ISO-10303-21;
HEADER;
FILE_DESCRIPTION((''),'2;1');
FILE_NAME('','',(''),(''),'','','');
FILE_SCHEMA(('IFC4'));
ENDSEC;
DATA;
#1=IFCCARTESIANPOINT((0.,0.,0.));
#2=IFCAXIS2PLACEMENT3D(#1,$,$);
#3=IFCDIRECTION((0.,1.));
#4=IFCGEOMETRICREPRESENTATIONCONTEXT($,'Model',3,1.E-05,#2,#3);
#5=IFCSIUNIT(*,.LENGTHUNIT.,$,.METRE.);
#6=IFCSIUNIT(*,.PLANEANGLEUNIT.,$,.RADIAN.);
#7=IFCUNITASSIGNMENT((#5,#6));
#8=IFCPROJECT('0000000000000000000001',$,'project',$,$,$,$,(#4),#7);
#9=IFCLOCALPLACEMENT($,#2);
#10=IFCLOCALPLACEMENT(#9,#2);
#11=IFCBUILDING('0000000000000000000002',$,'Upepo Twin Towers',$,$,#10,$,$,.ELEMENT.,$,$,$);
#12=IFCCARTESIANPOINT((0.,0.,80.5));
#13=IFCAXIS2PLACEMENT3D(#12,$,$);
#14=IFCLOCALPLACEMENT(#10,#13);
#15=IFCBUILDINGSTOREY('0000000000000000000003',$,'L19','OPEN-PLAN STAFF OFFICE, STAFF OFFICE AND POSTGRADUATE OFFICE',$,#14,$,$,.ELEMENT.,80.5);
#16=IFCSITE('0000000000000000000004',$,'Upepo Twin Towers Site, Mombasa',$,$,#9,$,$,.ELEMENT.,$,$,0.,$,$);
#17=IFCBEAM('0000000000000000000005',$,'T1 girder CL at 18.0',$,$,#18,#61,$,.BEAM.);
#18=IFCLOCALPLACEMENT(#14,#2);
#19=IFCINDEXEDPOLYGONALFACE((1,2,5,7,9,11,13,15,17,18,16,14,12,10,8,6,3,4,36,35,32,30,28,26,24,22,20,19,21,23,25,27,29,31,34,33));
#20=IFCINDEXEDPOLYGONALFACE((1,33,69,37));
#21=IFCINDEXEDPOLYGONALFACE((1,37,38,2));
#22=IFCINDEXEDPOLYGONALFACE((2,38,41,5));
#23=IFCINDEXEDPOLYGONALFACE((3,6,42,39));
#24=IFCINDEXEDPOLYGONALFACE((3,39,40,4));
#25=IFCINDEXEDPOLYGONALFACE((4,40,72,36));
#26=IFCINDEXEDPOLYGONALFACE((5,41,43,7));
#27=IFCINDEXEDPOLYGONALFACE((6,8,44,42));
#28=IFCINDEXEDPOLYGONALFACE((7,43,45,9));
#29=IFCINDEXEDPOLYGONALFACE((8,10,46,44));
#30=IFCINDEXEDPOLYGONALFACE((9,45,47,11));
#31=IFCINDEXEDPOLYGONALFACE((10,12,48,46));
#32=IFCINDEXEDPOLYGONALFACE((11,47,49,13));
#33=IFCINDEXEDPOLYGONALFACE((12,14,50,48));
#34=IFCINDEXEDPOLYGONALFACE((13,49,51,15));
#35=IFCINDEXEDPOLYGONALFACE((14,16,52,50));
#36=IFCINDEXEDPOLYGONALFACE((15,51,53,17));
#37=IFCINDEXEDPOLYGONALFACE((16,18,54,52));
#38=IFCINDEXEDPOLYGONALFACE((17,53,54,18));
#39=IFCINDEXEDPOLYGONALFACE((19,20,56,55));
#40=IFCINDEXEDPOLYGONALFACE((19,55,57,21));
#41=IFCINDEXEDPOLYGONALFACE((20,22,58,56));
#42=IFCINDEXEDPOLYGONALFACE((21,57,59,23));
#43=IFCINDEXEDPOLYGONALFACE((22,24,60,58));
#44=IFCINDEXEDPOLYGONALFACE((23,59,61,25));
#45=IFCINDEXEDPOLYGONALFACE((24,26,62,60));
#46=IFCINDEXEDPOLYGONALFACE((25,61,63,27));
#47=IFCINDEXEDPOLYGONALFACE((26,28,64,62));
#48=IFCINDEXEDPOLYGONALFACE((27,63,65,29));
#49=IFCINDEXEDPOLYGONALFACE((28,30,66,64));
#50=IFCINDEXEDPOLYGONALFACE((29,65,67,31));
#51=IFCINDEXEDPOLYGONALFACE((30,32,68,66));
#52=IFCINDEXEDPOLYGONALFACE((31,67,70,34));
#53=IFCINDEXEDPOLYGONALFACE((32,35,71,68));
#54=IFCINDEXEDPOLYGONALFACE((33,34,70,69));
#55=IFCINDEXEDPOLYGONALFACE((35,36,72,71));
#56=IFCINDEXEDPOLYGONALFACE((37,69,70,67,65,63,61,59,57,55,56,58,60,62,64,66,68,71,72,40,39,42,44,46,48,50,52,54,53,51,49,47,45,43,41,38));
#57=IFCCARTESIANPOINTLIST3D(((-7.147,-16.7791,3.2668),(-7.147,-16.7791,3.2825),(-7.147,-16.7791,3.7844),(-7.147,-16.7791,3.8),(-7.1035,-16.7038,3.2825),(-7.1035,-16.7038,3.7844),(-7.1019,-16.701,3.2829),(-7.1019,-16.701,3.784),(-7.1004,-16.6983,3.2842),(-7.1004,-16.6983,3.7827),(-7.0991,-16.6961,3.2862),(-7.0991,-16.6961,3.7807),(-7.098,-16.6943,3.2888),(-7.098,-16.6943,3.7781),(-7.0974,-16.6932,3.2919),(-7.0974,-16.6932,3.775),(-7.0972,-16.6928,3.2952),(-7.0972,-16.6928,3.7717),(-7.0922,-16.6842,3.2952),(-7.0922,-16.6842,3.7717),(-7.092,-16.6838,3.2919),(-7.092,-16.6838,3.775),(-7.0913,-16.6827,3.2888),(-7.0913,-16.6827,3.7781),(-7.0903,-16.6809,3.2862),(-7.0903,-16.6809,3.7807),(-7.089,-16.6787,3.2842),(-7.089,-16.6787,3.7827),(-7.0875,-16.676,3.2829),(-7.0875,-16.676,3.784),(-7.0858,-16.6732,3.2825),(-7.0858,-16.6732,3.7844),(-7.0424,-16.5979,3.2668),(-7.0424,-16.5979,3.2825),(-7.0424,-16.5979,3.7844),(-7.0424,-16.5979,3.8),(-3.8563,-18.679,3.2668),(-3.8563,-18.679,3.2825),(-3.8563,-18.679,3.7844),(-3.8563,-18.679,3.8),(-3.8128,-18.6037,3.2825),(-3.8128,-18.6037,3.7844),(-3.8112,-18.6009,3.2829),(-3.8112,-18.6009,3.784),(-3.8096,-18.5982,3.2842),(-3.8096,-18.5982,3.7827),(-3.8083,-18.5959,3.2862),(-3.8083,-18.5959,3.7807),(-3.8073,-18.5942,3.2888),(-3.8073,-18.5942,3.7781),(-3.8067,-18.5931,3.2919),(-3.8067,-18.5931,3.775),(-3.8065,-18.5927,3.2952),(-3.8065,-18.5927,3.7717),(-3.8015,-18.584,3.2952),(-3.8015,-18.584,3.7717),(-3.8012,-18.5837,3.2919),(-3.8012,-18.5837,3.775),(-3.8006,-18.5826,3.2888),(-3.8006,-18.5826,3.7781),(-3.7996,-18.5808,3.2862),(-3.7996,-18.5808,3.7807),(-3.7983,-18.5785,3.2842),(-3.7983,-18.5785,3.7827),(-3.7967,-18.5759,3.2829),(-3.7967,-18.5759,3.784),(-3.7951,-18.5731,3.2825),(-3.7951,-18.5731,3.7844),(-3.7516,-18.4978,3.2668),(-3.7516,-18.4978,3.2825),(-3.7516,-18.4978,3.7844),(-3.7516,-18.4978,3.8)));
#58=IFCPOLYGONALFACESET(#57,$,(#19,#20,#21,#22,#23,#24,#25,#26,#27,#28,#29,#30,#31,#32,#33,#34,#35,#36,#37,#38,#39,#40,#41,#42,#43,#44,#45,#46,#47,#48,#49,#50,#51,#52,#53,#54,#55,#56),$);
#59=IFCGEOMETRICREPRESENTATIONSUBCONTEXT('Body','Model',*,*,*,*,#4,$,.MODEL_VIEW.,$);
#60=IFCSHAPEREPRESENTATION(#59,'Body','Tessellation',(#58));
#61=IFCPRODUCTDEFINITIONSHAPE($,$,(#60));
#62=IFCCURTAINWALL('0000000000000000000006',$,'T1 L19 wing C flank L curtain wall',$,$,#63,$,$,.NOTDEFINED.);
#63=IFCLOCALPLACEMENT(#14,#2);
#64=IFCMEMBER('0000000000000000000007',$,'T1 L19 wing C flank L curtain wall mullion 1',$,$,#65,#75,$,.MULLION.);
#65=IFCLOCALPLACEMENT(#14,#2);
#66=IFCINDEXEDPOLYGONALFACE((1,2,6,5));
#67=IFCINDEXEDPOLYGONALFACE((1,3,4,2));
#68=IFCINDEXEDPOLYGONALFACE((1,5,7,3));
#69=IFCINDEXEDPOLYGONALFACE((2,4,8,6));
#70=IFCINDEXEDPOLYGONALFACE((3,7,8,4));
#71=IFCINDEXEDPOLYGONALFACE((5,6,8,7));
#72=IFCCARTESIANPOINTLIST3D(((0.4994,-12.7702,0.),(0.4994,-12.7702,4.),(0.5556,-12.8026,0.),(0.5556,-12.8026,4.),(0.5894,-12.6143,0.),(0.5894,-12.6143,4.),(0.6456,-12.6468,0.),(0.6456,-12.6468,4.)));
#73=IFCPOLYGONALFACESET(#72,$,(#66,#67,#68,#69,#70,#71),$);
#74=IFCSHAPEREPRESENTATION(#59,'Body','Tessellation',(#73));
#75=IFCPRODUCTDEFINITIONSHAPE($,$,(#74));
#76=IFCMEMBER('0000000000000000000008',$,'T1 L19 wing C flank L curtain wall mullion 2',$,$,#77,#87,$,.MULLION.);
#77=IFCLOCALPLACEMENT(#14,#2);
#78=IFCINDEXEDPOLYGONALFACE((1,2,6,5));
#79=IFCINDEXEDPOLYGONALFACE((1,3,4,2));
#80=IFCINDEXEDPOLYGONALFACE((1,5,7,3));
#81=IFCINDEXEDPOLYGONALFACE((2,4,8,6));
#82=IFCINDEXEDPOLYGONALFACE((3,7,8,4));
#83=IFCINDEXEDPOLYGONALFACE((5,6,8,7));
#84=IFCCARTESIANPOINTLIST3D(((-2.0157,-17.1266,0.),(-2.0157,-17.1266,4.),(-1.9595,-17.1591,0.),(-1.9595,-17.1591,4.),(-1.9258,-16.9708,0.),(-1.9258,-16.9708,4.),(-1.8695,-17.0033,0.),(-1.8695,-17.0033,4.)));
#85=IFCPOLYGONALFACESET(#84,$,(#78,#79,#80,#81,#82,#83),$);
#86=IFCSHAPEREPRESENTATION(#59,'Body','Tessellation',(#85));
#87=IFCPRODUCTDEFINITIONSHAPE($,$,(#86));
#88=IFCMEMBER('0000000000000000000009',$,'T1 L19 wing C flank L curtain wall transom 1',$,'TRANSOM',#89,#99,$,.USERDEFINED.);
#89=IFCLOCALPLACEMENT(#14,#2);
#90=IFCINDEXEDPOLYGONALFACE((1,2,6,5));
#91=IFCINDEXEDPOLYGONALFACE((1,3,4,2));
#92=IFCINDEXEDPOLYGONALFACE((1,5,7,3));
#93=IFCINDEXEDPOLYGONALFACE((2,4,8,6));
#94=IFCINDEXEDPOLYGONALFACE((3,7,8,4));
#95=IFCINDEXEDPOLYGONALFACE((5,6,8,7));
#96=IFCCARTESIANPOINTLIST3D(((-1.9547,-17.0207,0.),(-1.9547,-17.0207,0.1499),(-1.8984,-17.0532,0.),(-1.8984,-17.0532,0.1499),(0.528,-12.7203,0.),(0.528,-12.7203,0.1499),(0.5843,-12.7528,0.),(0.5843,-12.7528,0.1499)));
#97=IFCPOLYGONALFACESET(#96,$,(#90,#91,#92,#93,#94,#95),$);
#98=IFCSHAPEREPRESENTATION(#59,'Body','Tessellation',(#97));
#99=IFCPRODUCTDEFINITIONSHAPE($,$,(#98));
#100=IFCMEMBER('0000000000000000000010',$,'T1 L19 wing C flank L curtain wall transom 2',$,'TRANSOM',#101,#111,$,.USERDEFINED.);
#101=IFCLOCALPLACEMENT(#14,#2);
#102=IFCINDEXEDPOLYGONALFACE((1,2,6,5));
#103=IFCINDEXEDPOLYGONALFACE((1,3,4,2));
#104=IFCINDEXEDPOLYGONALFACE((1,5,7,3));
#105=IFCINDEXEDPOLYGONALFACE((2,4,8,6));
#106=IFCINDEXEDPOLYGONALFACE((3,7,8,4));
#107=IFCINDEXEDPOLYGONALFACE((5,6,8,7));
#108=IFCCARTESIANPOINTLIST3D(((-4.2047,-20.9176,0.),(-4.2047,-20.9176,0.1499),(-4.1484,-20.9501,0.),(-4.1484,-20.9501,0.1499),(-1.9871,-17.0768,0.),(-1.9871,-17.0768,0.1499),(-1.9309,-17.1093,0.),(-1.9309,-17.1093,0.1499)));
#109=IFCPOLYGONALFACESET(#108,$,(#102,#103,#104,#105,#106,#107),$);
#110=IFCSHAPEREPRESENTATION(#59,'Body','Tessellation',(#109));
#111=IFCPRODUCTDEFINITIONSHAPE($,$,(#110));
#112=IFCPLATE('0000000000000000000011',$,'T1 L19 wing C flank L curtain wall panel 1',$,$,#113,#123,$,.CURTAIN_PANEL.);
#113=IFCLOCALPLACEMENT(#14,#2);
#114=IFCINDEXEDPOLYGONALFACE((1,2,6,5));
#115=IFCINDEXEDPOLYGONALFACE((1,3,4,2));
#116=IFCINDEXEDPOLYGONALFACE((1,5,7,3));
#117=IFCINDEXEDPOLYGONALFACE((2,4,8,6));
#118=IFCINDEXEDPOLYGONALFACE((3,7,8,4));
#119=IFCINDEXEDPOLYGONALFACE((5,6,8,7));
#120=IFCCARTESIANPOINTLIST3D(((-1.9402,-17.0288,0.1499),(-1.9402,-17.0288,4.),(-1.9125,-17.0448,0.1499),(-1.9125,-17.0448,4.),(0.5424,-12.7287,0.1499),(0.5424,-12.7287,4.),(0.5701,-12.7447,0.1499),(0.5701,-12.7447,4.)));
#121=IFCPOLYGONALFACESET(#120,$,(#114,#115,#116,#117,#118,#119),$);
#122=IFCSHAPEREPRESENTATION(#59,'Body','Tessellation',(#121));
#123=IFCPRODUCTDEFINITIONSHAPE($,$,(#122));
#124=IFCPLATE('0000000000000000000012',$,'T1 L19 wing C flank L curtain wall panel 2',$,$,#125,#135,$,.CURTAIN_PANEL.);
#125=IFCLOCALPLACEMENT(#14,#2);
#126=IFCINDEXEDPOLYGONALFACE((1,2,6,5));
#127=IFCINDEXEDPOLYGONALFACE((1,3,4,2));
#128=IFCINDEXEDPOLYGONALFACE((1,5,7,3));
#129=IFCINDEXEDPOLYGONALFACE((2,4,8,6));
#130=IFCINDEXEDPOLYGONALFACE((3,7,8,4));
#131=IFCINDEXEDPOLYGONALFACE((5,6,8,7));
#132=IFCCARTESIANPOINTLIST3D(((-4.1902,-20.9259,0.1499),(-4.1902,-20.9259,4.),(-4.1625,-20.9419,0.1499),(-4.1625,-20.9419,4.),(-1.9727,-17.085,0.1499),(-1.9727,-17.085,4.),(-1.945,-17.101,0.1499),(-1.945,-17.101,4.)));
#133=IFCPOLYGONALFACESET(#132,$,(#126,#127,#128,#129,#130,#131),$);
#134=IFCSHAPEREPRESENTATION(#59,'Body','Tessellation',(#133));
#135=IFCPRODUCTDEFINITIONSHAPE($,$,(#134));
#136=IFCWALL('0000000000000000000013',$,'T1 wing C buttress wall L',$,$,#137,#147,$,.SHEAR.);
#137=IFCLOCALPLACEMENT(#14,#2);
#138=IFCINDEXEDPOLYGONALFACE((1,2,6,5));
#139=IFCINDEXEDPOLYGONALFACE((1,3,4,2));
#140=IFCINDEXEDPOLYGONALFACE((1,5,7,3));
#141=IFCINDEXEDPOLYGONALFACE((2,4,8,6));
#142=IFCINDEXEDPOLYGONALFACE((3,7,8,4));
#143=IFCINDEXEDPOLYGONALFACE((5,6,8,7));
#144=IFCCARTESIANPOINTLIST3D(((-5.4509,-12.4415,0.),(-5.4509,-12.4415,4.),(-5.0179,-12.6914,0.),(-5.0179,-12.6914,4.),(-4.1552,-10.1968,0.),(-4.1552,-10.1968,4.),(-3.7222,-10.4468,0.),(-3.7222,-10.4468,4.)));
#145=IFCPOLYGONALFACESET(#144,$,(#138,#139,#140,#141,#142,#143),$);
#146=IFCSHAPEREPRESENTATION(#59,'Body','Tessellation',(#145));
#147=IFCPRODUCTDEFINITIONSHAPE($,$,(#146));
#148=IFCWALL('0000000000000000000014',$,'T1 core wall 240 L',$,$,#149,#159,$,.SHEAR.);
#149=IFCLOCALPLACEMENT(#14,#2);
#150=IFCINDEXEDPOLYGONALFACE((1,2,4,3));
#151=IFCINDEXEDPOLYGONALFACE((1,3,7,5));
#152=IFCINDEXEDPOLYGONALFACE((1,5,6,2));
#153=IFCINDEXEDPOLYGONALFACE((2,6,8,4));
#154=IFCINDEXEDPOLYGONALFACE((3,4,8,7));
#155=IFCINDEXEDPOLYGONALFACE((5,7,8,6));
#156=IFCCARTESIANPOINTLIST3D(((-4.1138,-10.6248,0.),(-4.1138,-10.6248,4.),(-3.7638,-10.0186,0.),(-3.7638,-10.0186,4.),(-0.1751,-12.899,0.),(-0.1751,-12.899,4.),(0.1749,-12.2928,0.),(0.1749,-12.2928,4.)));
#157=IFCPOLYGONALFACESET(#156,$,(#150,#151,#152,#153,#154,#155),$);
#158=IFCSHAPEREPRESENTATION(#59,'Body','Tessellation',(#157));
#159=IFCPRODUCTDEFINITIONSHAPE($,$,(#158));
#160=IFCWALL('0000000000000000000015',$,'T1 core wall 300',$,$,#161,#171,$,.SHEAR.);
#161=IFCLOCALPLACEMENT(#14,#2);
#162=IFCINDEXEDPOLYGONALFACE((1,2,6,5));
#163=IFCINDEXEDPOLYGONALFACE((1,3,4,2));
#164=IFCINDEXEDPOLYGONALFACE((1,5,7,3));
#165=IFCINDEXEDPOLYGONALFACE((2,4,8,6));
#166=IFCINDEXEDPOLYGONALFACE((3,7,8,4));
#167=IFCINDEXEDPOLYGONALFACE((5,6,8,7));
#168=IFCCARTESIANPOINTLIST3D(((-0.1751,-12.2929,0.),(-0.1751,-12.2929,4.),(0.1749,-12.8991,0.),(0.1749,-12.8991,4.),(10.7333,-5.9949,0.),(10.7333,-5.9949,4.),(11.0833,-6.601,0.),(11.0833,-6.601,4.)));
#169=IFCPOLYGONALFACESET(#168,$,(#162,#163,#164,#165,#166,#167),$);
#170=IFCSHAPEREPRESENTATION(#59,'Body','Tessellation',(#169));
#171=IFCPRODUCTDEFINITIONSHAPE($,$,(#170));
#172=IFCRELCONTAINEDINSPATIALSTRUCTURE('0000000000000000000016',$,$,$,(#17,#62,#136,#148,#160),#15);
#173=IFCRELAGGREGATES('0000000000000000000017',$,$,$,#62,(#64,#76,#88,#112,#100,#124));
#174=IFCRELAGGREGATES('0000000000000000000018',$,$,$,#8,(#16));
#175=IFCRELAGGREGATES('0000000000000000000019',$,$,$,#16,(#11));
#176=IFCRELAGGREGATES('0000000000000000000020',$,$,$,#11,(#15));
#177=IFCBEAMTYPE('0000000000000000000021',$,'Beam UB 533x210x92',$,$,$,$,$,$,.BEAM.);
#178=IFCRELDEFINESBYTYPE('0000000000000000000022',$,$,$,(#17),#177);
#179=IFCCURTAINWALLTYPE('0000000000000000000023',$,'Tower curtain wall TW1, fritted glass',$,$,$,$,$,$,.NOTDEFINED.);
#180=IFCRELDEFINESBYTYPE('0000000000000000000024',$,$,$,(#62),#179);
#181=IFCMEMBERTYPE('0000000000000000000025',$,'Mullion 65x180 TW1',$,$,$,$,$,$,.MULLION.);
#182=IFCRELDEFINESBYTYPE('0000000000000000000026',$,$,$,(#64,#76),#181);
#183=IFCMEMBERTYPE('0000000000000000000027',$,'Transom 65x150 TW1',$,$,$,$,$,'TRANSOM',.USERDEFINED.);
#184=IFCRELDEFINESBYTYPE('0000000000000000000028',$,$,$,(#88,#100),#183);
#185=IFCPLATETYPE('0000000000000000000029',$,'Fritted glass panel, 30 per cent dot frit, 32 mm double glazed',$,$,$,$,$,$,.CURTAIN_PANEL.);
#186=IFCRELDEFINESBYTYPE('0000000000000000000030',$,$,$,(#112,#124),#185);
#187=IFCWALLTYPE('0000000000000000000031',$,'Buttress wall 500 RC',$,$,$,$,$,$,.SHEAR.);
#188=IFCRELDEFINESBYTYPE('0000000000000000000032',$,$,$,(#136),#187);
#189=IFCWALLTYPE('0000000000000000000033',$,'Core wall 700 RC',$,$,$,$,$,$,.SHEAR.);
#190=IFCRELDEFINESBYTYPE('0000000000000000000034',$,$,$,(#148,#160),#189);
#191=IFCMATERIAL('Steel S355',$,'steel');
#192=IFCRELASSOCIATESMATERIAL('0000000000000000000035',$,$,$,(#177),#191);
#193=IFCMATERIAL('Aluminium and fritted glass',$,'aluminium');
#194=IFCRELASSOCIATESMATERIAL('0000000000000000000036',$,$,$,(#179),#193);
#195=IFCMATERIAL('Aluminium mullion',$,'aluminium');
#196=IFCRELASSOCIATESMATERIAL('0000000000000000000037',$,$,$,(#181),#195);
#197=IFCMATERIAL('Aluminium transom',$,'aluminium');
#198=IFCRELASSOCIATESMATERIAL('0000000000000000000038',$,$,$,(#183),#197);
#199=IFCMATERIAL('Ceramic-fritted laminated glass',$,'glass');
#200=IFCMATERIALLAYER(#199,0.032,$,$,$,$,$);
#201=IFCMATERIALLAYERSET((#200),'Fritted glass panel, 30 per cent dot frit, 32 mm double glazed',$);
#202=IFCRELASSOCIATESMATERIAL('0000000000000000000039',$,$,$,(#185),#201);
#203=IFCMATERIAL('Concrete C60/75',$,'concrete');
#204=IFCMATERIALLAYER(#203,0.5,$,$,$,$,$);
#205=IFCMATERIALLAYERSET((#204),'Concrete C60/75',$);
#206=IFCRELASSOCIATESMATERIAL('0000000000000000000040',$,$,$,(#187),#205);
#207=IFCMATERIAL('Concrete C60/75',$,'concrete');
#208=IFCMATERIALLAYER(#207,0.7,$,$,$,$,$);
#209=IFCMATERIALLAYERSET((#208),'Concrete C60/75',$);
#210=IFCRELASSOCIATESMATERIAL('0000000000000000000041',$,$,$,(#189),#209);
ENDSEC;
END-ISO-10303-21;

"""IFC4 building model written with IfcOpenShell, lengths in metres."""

from ifc_helpers import new_model, si_unit, direction, frame, frame_2d, origin, origin_2d, place, context, subcontext, project, spatial, rectangle, i_section, extrude, material, layer, layer_set, material_profile, profile_set, type_object, element, aggregate, save


model = new_model("IFC4")

# Units and contexts
model_context = context("Model", 3, precision=1e-05, world=origin(), true_north=direction((0.0, 1.0)))
body_context = subcontext(model_context, "Body", "Model", "MODEL_VIEW")
ifc_project = project(units=[si_unit("LENGTHUNIT", "METRE"), si_unit("PLANEANGLEUNIT", "RADIAN")], contexts=[model_context])

# Site, building, storey
site_placement = place(None, origin())
site = spatial("IfcSite", under=ifc_project, at=site_placement, Name="Upepo Twin Towers Site, Mombasa", CompositionType="ELEMENT", RefElevation=0.0)
building_placement = place(site_placement, origin())
building = spatial("IfcBuilding", under=site, at=building_placement, Name="Upepo Twin Towers", CompositionType="ELEMENT")
storey_placement = place(building_placement, frame((0.0, 0.0, 80.5)))
storey = spatial("IfcBuildingStorey", under=building, at=storey_placement, Name="L19", Description="OPEN-PLAN STAFF OFFICE, STAFF OFFICE AND POSTGRADUATE OFFICE", CompositionType="ELEMENT", Elevation=80.5)

# Beam
ifc_material_1 = material(Name="Steel S355", Category="steel")
ifc_material_profile_1 = material_profile(ifc_material_1, i_section(OverallWidth=0.2092, OverallDepth=0.5332, WebThickness=0.01, FlangeThickness=0.0156, FilletRadius=0.0127, at=origin_2d()), Name="UB 533x210x92")
ifc_profile_set_1 = profile_set([ifc_material_profile_1], Name="Steel S355")
beam_type_1 = type_object("IfcBeamType", Name="Beam UB 533x210x92", PredefinedType="BEAM", material=ifc_profile_set_1)
beam_1_placement = place(storey_placement, frame((-3.804, -18.5884, 3.5334), z_axis=(-0.866028, 0.499995, 0.0), x_axis=(-0.499995, -0.866028, 0.0)))
element("IfcBeam", 1, at=beam_1_placement, inside=storey, type_object=beam_type_1, Name="T1 girder CL at 18.0", PredefinedType="BEAM", context=body_context, shape_type="SweptSolid", body=[
    extrude(i_section(OverallWidth=0.2092, OverallDepth=0.5332, WebThickness=0.01, FlangeThickness=0.0156, FilletRadius=0.0127, at=origin_2d()), origin(), (0.0, 0.0, 1.0), 3.7998),
])

# Curtain wall, members, plates
ifc_material_2 = material(Name="Aluminium and fritted glass", Category="aluminium")
curtain_wall_type = type_object("IfcCurtainWallType", Name="Tower curtain wall TW1, fritted glass", PredefinedType="NOTDEFINED", material=ifc_material_2)
curtain_wall_placement = place(storey_placement, origin())
curtain_wall = element("IfcCurtainWall", 2, at=curtain_wall_placement, inside=storey, type_object=curtain_wall_type, Name="T1 L19 wing C flank L curtain wall", PredefinedType="NOTDEFINED")
ifc_material_3 = material(Name="Aluminium mullion", Category="aluminium")
ifc_material_profile_2 = material_profile(ifc_material_3, rectangle(XDim=0.0649, YDim=0.1799, at=origin_2d()), Name="MULLION 65x180")
ifc_profile_set_2 = profile_set([ifc_material_profile_2], Name="Aluminium mullion")
member_type_1 = type_object("IfcMemberType", Name="Mullion 65x180 TW1", PredefinedType="MULLION", material=ifc_profile_set_2)
member_1_placement = place(storey_placement, frame((0.5725, -12.7085, 0.0), z_axis=(0.0, 0.0, 1.0), x_axis=(0.866025, -0.5, 0.0)))
member_1 = element("IfcMember", 3, at=member_1_placement, type_object=member_type_1, Name="T1 L19 wing C flank L curtain wall mullion 1", PredefinedType="MULLION", context=body_context, shape_type="SweptSolid", body=[
    extrude(rectangle(XDim=0.0649, YDim=0.1799, at=origin_2d()), origin(), (0.0, 0.0, 1.0), 4.0),
])
member_2_placement = place(storey_placement, frame((-1.9426, -17.0649, 0.0), z_axis=(0.0, 0.0, 1.0), x_axis=(0.866025, -0.5, 0.0)))
member_2 = element("IfcMember", 4, at=member_2_placement, type_object=member_type_1, Name="T1 L19 wing C flank L curtain wall mullion 2", PredefinedType="MULLION", context=body_context, shape_type="SweptSolid", body=[
    extrude(rectangle(XDim=0.0649, YDim=0.1799, at=origin_2d()), origin(), (0.0, 0.0, 1.0), 4.0),
])
ifc_material_4 = material(Name="Aluminium transom", Category="aluminium")
ifc_material_profile_3 = material_profile(ifc_material_4, rectangle(XDim=0.0649, YDim=0.1499, at=origin_2d()), Name="TRANSOM 65x150")
ifc_profile_set_3 = profile_set([ifc_material_profile_3], Name="Aluminium transom")
member_type_2 = type_object("IfcMemberType", Name="Transom 65x150 TW1", ElementType="TRANSOM", PredefinedType="USERDEFINED", material=ifc_profile_set_3)
member_3_placement = place(storey_placement, frame((0.5562, -12.7366, 0.075), z_axis=(-0.499983, -0.866035, 0.0), x_axis=(0.866035, -0.499983, 0.0)))
member_3 = element("IfcMember", 5, at=member_3_placement, type_object=member_type_2, Name="T1 L19 wing C flank L curtain wall transom 1", ObjectType="TRANSOM", PredefinedType="USERDEFINED", context=body_context, shape_type="SweptSolid", body=[
    extrude(rectangle(XDim=0.0649, YDim=0.1499, at=origin_2d()), origin(), (0.0, 0.0, 1.0), 4.9656),
])
member_4_placement = place(storey_placement, frame((-1.959, -17.093, 0.075), z_axis=(-0.500005, -0.866022, 0.0), x_axis=(0.866022, -0.500005, 0.0)))
member_4 = element("IfcMember", 6, at=member_4_placement, type_object=member_type_2, Name="T1 L19 wing C flank L curtain wall transom 2", ObjectType="TRANSOM", PredefinedType="USERDEFINED", context=body_context, shape_type="SweptSolid", body=[
    extrude(rectangle(XDim=0.0649, YDim=0.1499, at=origin_2d()), origin(), (0.0, 0.0, 1.0), 4.4351),
])
ifc_material_5 = material(Name="Ceramic-fritted laminated glass", Category="glass")
ifc_layer_1 = layer(ifc_material_5, 0.032)
ifc_layer_set_1 = layer_set([ifc_layer_1], Name="Fritted glass panel, 30 per cent dot frit, 32 mm double glazed")
plate_type = type_object("IfcPlateType", Name="Fritted glass panel, 30 per cent dot frit, 32 mm double glazed", PredefinedType="CURTAIN_PANEL", material=ifc_layer_set_1)
plate_1_placement = place(storey_placement, frame((-0.6851, -14.8867, 0.1499), z_axis=(0.0, 0.0, 1.0), x_axis=(-0.5, -0.866025, 0.0)))
plate_1 = element("IfcPlate", 7, at=plate_1_placement, type_object=plate_type, Name="T1 L19 wing C flank L curtain wall panel 1", PredefinedType="CURTAIN_PANEL", context=body_context, shape_type="SweptSolid", body=[
    extrude(rectangle(XDim=4.9653, YDim=0.032, at=origin_2d()), origin(), (0.0, 0.0, 1.0), 3.8501),
])
plate_2_placement = place(storey_placement, frame((-3.0676, -19.0134, 0.1499), z_axis=(0.0, 0.0, 1.0), x_axis=(-0.5, -0.866025, 0.0)))
plate_2 = element("IfcPlate", 8, at=plate_2_placement, type_object=plate_type, Name="T1 L19 wing C flank L curtain wall panel 2", PredefinedType="CURTAIN_PANEL", context=body_context, shape_type="SweptSolid", body=[
    extrude(rectangle(XDim=4.4351, YDim=0.032, at=origin_2d()), origin(), (0.0, 0.0, 1.0), 3.8501),
])
aggregate(curtain_wall, [member_1, member_2, member_3, plate_1, member_4, plate_2])

# Walls
ifc_material_6 = material(Name="Concrete C60/75", Category="concrete")
ifc_layer_2 = layer(ifc_material_6, 0.5)
ifc_layer_set_2 = layer_set([ifc_layer_2], Name="Concrete C60/75")
wall_type_1 = type_object("IfcWallType", Name="Buttress wall 500 RC", PredefinedType="SHEAR", material=ifc_layer_set_2)
wall_1_placement = place(storey_placement, frame((-3.9387, -10.3218, 0.0), z_axis=(0.0, 0.0, 1.0), x_axis=(-0.499918, -0.866073, 0.0)))
element("IfcWall", 9, at=wall_1_placement, inside=storey, type_object=wall_type_1, Name="T1 wing C buttress wall L", PredefinedType="SHEAR", context=body_context, shape_type="SweptSolid", body=[
    extrude(rectangle(XDim=2.5918, YDim=0.5, at=frame_2d((1.2959, 0.0))), origin(), (0.0, 0.0, 1.0), 4.0),
])
ifc_material_7 = material(Name="Concrete C60/75", Category="concrete")
ifc_layer_3 = layer(ifc_material_7, 0.7)
ifc_layer_set_3 = layer_set([ifc_layer_3], Name="Concrete C60/75")
wall_type_2 = type_object("IfcWallType", Name="Core wall 700 RC", PredefinedType="SHEAR", material=ifc_layer_set_3)
wall_2_placement = place(storey_placement, frame((-3.9387, -10.3218, 0.0), z_axis=(0.0, 0.0, 1.0), x_axis=(0.866011, -0.500024, 0.0)))
element("IfcWall", 10, at=wall_2_placement, inside=storey, type_object=wall_type_2, Name="T1 core wall 240 L", PredefinedType="SHEAR", context=body_context, shape_type="SweptSolid", body=[
    extrude(rectangle(XDim=4.5481, YDim=0.7, at=frame_2d((2.2739, 0.0))), origin(), (0.0, 0.0, 1.0), 4.0),
])
wall_3_placement = place(storey_placement, frame((0.0, -12.5959, 0.0), z_axis=(0.0, 0.0, 1.0), x_axis=(0.866022, 0.500006, 0.0)))
element("IfcWall", 11, at=wall_3_placement, inside=storey, type_object=wall_type_2, Name="T1 core wall 300", PredefinedType="SHEAR", context=body_context, shape_type="SweptSolid", body=[
    extrude(rectangle(XDim=12.5959, YDim=0.7, at=frame_2d((6.2979, 0.0))), origin(), (0.0, 0.0, 1.0), 4.0),
])

save(model, "model.ifc")
